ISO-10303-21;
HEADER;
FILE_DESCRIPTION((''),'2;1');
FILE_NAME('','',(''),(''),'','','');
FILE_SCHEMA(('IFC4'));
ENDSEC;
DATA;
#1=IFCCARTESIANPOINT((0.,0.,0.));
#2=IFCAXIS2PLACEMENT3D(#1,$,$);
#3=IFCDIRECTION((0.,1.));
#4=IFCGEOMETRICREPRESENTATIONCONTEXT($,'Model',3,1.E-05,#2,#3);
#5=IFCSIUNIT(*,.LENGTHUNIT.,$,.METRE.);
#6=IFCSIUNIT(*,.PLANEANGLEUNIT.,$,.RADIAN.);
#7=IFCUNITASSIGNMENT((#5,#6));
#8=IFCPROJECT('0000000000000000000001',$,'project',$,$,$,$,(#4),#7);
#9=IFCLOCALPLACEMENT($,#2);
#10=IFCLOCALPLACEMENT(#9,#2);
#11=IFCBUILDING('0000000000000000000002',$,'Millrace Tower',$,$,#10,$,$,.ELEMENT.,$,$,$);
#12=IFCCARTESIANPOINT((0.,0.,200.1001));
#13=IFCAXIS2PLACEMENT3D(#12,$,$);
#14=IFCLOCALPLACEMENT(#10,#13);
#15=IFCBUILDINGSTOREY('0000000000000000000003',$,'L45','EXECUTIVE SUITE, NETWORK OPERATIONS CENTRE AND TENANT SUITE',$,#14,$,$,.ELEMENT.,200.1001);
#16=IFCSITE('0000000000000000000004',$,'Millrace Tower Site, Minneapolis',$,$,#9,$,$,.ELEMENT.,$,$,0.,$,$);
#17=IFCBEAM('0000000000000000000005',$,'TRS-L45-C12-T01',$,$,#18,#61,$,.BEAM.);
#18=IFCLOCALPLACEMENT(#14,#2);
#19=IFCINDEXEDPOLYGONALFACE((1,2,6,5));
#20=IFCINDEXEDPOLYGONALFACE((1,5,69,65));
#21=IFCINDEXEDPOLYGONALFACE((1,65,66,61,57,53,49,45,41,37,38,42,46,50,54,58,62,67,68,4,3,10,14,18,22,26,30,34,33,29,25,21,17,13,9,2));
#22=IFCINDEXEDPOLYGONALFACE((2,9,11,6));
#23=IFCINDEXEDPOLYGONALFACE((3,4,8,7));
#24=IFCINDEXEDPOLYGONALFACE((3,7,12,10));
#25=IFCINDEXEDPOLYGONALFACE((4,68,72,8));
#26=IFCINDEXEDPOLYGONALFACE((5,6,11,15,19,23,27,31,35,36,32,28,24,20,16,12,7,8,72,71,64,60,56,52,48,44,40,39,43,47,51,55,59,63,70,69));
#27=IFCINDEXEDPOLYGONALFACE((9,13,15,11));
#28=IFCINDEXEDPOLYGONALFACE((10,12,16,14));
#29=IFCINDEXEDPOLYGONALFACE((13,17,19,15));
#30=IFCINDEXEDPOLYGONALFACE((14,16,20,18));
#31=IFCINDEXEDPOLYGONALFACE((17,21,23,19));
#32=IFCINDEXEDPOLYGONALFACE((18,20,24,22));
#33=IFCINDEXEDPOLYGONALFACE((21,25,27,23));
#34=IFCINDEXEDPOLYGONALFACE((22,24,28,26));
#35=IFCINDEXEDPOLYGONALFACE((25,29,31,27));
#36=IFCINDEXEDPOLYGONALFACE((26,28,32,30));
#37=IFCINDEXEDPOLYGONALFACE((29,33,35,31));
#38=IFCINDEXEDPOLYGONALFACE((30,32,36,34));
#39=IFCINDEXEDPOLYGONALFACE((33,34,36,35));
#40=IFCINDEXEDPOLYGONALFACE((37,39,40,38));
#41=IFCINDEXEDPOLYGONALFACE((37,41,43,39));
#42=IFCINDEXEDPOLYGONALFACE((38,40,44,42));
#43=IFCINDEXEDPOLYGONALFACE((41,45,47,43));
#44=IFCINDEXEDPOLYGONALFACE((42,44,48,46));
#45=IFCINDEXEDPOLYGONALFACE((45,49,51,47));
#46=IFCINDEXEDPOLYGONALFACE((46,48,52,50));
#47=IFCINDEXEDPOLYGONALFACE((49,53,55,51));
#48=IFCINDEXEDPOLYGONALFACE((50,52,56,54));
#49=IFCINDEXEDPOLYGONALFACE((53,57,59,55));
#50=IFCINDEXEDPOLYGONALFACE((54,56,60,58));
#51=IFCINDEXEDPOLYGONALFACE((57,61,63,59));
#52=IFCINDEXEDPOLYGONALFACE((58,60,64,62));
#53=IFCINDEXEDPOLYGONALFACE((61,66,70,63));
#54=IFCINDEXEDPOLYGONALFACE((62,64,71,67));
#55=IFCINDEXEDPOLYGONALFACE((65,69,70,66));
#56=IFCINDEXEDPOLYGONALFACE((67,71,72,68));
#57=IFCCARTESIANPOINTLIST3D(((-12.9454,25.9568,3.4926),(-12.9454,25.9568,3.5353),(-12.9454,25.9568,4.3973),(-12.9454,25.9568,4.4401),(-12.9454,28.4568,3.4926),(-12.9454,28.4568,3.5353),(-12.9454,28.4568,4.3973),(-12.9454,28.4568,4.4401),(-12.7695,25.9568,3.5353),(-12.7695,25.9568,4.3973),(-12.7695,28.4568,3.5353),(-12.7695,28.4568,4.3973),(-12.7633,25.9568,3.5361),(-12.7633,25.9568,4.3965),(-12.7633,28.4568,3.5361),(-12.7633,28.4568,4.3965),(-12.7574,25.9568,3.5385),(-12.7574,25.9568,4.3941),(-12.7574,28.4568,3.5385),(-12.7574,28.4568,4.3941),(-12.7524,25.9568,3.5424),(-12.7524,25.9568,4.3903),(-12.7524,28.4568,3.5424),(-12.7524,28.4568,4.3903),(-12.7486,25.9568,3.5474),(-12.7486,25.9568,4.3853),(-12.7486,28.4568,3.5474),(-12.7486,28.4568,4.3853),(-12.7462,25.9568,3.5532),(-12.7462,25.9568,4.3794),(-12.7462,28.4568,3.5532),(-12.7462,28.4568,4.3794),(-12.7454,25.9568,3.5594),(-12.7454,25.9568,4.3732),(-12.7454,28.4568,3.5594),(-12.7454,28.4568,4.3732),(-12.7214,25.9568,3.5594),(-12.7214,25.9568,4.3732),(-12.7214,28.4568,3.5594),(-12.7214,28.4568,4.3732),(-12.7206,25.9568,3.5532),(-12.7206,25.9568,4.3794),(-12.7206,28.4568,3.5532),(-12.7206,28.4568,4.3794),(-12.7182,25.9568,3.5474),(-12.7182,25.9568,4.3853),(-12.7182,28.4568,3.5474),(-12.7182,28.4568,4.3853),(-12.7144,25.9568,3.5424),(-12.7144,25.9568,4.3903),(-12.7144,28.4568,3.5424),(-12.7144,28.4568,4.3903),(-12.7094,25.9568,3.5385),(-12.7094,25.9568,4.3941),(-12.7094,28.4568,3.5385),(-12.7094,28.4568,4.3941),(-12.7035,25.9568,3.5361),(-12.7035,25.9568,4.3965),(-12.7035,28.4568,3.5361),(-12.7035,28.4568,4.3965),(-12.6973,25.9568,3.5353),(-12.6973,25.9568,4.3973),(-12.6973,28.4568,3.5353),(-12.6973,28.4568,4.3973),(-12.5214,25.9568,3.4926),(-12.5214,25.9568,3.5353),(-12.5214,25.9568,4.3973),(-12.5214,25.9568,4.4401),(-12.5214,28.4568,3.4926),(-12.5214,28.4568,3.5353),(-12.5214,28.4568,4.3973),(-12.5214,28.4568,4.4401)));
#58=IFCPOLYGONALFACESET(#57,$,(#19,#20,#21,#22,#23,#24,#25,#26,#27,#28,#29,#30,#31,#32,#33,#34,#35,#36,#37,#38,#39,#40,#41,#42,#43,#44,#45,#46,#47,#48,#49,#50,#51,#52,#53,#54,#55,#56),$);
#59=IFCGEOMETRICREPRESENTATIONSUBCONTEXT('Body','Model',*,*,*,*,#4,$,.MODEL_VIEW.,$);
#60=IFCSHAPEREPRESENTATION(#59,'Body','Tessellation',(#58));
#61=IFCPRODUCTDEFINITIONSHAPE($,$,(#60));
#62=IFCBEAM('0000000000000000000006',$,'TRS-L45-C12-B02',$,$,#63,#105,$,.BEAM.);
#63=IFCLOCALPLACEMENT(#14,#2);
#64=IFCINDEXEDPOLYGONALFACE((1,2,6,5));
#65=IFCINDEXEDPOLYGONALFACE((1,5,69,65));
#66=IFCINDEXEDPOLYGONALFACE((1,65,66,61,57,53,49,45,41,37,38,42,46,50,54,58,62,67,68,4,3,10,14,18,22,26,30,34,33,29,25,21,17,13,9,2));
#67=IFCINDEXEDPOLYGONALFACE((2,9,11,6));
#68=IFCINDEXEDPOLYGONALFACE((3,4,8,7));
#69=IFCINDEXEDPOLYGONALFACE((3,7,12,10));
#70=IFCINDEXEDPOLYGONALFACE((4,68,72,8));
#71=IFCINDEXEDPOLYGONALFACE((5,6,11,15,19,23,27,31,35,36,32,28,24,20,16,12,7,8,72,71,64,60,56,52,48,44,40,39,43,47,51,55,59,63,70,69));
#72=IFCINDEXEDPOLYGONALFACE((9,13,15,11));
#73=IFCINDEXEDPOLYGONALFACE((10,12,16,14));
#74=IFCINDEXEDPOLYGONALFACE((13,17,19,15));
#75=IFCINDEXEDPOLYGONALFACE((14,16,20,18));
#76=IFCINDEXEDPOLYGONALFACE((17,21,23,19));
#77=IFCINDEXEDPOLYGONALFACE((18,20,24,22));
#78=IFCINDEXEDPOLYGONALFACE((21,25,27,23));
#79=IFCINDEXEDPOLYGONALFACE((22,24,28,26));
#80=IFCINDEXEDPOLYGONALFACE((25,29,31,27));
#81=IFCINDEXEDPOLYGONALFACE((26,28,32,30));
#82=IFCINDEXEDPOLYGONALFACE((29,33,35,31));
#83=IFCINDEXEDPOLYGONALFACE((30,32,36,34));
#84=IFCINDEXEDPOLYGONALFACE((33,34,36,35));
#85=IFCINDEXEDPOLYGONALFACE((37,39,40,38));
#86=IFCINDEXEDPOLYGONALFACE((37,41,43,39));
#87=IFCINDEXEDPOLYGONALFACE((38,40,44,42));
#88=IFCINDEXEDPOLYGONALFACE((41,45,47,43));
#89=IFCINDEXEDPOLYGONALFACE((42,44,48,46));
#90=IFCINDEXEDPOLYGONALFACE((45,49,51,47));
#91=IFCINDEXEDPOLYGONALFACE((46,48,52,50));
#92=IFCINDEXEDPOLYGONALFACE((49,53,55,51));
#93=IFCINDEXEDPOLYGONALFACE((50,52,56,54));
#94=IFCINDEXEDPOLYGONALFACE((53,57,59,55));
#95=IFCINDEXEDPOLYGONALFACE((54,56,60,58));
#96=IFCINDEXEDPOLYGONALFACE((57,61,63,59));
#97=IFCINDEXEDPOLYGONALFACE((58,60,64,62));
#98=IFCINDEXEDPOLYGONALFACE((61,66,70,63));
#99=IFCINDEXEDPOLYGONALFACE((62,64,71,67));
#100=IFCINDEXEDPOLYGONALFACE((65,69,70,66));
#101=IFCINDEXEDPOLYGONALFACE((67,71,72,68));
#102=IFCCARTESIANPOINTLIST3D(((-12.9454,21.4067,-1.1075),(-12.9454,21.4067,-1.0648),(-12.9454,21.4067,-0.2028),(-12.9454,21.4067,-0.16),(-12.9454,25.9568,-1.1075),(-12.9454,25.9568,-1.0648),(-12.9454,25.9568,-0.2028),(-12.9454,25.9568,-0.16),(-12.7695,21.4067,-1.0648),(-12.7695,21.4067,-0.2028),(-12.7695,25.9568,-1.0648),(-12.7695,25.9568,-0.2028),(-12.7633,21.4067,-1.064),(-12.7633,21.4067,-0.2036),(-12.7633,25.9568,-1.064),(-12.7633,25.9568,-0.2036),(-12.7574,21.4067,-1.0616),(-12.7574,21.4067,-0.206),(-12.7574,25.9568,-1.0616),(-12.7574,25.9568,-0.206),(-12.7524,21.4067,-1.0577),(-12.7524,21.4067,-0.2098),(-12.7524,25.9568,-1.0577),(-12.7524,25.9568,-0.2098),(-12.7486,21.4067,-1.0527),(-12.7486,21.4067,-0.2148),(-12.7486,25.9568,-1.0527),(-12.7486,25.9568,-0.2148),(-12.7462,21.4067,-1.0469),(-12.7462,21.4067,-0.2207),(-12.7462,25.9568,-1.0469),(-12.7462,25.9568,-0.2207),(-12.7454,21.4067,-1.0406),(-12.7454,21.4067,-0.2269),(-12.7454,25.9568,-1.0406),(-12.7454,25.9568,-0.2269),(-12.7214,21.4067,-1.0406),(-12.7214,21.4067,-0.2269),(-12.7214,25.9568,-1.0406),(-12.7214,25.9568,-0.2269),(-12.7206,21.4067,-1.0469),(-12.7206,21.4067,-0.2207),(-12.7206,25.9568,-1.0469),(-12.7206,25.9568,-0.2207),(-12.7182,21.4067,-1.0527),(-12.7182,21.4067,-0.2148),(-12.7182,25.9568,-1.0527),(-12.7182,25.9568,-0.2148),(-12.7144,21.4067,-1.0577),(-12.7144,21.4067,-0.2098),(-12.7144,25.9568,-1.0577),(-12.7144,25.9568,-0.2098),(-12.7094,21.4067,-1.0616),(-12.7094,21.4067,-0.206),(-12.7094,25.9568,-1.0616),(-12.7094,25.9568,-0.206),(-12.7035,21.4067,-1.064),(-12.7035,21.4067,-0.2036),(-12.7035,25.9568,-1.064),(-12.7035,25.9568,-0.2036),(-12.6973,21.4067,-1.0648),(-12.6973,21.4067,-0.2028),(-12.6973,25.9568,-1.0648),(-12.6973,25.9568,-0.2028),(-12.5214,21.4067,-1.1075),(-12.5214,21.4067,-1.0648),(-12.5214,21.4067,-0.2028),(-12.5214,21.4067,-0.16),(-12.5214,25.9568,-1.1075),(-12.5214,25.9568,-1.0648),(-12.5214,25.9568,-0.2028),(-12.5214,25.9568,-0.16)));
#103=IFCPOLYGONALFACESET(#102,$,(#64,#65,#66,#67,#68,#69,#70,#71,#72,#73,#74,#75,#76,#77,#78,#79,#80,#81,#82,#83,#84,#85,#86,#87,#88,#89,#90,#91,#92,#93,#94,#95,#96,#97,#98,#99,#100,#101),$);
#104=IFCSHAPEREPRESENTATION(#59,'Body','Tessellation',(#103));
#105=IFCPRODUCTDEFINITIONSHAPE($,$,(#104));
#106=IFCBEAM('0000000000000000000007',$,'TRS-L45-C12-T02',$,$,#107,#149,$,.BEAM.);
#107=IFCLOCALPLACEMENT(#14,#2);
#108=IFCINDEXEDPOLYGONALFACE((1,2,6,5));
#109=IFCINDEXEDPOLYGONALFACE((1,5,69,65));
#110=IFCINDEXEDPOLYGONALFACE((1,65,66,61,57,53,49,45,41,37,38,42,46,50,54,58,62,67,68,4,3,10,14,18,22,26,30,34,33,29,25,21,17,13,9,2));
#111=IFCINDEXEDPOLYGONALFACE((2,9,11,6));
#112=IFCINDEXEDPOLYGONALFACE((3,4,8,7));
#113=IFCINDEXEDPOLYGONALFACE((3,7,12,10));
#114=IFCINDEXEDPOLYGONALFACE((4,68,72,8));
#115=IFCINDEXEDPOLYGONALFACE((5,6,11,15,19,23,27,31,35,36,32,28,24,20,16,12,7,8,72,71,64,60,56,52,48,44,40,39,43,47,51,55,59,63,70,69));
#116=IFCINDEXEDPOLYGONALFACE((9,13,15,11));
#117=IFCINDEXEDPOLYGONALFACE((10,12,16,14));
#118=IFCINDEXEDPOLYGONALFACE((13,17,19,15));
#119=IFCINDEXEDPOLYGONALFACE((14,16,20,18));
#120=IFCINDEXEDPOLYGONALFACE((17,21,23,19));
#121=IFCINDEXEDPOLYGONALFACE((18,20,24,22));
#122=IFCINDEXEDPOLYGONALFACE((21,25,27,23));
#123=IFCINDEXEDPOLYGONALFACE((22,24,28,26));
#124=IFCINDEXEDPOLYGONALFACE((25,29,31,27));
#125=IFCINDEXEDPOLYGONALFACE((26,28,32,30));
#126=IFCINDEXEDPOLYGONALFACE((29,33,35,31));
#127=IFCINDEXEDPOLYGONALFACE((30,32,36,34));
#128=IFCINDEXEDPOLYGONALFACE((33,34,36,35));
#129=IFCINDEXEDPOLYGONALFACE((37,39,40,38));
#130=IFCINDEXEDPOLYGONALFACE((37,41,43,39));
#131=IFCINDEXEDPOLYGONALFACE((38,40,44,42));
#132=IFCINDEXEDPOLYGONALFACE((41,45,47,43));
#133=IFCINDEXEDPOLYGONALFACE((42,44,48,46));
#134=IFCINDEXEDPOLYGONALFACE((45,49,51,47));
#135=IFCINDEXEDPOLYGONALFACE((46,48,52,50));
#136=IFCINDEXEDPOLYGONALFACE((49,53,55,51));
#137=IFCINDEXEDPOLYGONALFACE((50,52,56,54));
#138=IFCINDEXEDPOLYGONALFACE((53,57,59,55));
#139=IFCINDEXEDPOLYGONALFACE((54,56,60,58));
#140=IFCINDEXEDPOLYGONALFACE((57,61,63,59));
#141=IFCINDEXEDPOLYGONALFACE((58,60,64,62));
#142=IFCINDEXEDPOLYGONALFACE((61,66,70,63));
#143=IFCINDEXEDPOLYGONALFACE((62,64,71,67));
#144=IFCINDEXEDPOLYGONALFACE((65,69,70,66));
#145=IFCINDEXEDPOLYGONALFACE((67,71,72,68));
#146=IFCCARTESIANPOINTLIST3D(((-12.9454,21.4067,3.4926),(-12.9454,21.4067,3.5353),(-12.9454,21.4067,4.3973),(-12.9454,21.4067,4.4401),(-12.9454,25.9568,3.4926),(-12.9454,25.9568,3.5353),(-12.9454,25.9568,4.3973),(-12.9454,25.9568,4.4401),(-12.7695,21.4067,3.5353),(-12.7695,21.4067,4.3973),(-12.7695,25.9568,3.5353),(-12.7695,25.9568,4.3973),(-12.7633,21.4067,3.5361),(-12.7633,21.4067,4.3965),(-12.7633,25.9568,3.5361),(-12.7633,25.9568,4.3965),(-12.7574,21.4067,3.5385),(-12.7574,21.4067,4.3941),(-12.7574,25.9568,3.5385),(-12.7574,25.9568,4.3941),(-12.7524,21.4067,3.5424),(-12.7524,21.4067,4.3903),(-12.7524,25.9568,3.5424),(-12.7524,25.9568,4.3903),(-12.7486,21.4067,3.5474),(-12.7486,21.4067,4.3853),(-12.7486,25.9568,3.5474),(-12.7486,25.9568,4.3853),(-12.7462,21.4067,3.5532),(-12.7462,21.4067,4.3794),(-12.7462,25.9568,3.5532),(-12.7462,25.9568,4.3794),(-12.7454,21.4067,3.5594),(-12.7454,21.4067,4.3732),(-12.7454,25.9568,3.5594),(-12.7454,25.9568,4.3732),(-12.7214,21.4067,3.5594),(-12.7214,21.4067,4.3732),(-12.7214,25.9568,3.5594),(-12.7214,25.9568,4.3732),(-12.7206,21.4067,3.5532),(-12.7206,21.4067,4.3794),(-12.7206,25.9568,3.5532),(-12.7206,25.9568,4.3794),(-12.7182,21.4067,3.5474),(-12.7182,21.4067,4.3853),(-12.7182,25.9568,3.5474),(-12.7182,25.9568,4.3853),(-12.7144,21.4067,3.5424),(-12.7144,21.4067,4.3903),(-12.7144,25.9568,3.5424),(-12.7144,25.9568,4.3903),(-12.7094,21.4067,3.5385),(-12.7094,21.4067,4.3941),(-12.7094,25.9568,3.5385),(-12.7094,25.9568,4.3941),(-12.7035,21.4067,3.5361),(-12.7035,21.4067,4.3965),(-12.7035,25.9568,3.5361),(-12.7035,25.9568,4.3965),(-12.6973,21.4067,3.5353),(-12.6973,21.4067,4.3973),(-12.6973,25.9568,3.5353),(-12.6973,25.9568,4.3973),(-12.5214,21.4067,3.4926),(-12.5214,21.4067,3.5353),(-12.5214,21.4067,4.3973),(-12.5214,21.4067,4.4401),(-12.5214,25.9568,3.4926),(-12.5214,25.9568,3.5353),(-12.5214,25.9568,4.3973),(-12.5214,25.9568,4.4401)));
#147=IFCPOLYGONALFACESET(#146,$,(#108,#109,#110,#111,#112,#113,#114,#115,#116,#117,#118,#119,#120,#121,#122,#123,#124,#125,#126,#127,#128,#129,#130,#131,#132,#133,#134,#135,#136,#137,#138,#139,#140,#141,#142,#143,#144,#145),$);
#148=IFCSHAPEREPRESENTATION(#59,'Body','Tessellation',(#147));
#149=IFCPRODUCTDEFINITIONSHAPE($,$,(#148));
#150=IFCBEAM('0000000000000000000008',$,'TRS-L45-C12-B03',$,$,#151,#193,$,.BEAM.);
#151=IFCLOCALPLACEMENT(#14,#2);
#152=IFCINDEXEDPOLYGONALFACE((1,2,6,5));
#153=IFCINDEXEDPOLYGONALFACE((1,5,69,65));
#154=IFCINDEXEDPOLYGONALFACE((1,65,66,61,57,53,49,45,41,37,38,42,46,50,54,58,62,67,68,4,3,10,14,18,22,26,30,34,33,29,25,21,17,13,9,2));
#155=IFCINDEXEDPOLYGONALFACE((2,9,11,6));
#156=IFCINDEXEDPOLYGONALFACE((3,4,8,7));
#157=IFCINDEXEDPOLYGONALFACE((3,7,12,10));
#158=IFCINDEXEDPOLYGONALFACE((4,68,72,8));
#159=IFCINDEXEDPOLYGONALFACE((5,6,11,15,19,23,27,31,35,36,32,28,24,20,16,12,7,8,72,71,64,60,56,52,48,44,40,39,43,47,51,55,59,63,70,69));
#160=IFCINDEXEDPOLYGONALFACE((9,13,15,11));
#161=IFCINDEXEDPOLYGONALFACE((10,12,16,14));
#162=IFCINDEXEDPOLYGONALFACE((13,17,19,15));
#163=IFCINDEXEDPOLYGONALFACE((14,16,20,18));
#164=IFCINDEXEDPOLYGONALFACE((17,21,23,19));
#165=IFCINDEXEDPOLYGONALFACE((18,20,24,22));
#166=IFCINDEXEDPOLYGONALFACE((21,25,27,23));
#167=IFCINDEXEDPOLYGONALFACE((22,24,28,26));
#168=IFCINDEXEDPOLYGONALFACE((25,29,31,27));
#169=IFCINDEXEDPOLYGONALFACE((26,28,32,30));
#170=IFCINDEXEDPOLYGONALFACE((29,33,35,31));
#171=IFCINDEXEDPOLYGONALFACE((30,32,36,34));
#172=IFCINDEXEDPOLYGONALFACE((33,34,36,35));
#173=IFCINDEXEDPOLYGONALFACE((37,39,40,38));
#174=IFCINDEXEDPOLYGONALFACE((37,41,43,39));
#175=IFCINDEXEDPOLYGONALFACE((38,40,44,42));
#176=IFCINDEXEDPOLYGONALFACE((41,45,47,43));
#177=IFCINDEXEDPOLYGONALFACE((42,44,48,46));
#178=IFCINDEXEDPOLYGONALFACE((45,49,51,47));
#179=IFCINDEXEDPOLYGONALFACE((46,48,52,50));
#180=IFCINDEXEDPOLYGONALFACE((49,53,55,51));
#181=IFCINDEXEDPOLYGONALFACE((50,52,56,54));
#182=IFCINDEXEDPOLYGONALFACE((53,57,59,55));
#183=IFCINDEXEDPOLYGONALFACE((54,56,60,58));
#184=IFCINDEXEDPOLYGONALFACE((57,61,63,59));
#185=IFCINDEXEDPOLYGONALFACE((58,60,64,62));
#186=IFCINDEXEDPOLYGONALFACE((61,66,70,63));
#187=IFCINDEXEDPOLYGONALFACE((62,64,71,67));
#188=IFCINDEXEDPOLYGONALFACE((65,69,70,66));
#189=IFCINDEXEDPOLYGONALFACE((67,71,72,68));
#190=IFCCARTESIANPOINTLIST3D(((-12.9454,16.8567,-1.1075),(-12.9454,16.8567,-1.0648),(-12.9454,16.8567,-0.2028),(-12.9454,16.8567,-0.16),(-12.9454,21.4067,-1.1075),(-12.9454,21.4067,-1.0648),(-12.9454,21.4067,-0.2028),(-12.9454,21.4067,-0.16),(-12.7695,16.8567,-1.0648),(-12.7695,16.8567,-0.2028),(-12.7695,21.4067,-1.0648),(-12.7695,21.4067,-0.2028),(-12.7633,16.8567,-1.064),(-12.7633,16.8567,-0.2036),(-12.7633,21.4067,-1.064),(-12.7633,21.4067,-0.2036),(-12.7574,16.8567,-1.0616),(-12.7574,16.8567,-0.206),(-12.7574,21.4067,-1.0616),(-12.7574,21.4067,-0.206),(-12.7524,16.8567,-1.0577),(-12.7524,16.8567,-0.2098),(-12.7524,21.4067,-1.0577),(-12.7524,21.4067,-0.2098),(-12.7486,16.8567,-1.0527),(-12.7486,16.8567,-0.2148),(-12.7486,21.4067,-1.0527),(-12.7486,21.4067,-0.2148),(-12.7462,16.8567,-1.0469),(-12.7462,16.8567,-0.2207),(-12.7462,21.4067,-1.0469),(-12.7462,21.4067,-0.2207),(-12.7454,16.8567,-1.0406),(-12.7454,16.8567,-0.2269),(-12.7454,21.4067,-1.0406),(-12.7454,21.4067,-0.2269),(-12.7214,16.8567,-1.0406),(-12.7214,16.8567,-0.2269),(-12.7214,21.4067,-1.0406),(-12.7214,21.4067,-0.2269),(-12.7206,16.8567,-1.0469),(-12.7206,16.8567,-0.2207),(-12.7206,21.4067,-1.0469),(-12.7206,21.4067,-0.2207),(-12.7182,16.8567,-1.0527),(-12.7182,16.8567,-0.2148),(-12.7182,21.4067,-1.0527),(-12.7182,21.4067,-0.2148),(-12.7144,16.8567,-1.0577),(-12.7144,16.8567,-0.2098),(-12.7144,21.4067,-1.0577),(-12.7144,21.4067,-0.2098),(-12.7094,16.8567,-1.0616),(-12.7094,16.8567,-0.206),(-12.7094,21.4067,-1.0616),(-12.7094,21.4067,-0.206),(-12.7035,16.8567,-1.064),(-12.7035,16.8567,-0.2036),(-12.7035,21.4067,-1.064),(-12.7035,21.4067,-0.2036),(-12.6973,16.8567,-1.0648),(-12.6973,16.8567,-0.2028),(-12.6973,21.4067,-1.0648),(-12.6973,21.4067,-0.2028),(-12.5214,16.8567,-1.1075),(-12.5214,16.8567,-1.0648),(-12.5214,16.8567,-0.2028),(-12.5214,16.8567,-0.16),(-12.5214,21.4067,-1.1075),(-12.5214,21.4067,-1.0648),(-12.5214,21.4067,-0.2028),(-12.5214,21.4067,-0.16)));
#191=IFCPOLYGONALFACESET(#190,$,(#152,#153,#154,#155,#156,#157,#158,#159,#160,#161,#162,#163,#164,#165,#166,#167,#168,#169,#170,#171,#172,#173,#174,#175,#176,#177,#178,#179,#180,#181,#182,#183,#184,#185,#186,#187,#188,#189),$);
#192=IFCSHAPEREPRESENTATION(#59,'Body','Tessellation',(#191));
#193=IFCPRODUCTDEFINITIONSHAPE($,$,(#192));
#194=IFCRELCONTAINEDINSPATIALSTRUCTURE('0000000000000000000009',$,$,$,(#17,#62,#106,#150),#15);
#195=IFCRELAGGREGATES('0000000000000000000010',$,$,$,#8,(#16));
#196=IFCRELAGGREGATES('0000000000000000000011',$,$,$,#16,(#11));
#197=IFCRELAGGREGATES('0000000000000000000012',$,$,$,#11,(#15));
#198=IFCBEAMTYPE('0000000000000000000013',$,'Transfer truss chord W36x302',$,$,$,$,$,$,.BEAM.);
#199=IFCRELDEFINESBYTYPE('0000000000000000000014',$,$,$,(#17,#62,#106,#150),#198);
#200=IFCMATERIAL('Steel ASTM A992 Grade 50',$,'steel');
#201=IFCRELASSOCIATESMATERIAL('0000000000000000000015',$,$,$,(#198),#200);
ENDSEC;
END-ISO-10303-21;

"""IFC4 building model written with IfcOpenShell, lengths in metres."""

from ifc_helpers import new_model, si_unit, direction, frame, origin, origin_2d, place, context, subcontext, project, spatial, i_section, extrude, material, material_profile, profile_set, type_object, element, save


model = new_model("IFC4")

# Units and contexts
model_context = context("Model", 3, precision=1e-05, world=origin(), true_north=direction((0.0, 1.0)))
body_context = subcontext(model_context, "Body", "Model", "MODEL_VIEW")
ifc_project = project(units=[si_unit("LENGTHUNIT", "METRE"), si_unit("PLANEANGLEUNIT", "RADIAN")], contexts=[model_context])

# Site, building, storey
site_placement = place(None, origin())
site = spatial("IfcSite", under=ifc_project, at=site_placement, Name="Millrace Tower Site, Minneapolis", CompositionType="ELEMENT", RefElevation=0.0)
building_placement = place(site_placement, origin())
building = spatial("IfcBuilding", under=site, at=building_placement, Name="Millrace Tower", CompositionType="ELEMENT")
storey_placement = place(building_placement, frame((0.0, 0.0, 200.1001)))
storey = spatial("IfcBuildingStorey", under=building, at=storey_placement, Name="L45", Description="EXECUTIVE SUITE, NETWORK OPERATIONS CENTRE AND TENANT SUITE", CompositionType="ELEMENT", Elevation=200.1001)

# Beams
ifc_material_1 = material(Name="Steel ASTM A992 Grade 50", Category="steel")
ifc_material_profile_1 = material_profile(ifc_material_1, i_section(OverallWidth=0.4241, OverallDepth=0.9475, WebThickness=0.0239, FlangeThickness=0.0427, FilletRadius=0.0242, at=origin_2d()))
ifc_profile_set_1 = profile_set([ifc_material_profile_1], Name="Steel ASTM A992 Grade 50")
beam_type_1 = type_object("IfcBeamType", Name="Transfer truss chord W36x302", PredefinedType="BEAM", material=ifc_profile_set_1)
for number, where, z_axis, x_axis, name in (
    (1, (-12.7334, 28.4568, 3.9663), (0.0, -1.0, 0.0), (1.0, 0.0, 0.0), "TRS-L45-C12-T01"),
):
    element("IfcBeam", number, at=place(storey_placement, frame(where, z_axis=z_axis, x_axis=x_axis)), inside=storey, type_object=beam_type_1, Name=name, PredefinedType="BEAM", context=body_context, shape_type="SweptSolid", body=[
        extrude(i_section(OverallWidth=0.4241, OverallDepth=0.9475, WebThickness=0.0239, FlangeThickness=0.0427, FilletRadius=0.0242, at=origin_2d()), origin(), (0.0, 0.0, 1.0), 2.5),
    ])
for number, where, z_axis, x_axis, name in (
    (2, (-12.7334, 25.9568, -0.6338), (0.0, -1.0, 0.0), (1.0, 0.0, 0.0), "TRS-L45-C12-B02"),
    (3, (-12.7334, 25.9568, 3.9663), (0.0, -1.0, 0.0), (1.0, 0.0, 0.0), "TRS-L45-C12-T02"),
    (4, (-12.7334, 21.4067, -0.6338), (0.0, -1.0, 0.0), (1.0, 0.0, 0.0), "TRS-L45-C12-B03"),
):
    element("IfcBeam", number, at=place(storey_placement, frame(where, z_axis=z_axis, x_axis=x_axis)), inside=storey, type_object=beam_type_1, Name=name, PredefinedType="BEAM", context=body_context, shape_type="SweptSolid", body=[
        extrude(i_section(OverallWidth=0.4241, OverallDepth=0.9475, WebThickness=0.0239, FlangeThickness=0.0427, FilletRadius=0.0242, at=origin_2d()), origin(), (0.0, 0.0, 1.0), 4.55),
    ])

save(model, "model.ifc")
